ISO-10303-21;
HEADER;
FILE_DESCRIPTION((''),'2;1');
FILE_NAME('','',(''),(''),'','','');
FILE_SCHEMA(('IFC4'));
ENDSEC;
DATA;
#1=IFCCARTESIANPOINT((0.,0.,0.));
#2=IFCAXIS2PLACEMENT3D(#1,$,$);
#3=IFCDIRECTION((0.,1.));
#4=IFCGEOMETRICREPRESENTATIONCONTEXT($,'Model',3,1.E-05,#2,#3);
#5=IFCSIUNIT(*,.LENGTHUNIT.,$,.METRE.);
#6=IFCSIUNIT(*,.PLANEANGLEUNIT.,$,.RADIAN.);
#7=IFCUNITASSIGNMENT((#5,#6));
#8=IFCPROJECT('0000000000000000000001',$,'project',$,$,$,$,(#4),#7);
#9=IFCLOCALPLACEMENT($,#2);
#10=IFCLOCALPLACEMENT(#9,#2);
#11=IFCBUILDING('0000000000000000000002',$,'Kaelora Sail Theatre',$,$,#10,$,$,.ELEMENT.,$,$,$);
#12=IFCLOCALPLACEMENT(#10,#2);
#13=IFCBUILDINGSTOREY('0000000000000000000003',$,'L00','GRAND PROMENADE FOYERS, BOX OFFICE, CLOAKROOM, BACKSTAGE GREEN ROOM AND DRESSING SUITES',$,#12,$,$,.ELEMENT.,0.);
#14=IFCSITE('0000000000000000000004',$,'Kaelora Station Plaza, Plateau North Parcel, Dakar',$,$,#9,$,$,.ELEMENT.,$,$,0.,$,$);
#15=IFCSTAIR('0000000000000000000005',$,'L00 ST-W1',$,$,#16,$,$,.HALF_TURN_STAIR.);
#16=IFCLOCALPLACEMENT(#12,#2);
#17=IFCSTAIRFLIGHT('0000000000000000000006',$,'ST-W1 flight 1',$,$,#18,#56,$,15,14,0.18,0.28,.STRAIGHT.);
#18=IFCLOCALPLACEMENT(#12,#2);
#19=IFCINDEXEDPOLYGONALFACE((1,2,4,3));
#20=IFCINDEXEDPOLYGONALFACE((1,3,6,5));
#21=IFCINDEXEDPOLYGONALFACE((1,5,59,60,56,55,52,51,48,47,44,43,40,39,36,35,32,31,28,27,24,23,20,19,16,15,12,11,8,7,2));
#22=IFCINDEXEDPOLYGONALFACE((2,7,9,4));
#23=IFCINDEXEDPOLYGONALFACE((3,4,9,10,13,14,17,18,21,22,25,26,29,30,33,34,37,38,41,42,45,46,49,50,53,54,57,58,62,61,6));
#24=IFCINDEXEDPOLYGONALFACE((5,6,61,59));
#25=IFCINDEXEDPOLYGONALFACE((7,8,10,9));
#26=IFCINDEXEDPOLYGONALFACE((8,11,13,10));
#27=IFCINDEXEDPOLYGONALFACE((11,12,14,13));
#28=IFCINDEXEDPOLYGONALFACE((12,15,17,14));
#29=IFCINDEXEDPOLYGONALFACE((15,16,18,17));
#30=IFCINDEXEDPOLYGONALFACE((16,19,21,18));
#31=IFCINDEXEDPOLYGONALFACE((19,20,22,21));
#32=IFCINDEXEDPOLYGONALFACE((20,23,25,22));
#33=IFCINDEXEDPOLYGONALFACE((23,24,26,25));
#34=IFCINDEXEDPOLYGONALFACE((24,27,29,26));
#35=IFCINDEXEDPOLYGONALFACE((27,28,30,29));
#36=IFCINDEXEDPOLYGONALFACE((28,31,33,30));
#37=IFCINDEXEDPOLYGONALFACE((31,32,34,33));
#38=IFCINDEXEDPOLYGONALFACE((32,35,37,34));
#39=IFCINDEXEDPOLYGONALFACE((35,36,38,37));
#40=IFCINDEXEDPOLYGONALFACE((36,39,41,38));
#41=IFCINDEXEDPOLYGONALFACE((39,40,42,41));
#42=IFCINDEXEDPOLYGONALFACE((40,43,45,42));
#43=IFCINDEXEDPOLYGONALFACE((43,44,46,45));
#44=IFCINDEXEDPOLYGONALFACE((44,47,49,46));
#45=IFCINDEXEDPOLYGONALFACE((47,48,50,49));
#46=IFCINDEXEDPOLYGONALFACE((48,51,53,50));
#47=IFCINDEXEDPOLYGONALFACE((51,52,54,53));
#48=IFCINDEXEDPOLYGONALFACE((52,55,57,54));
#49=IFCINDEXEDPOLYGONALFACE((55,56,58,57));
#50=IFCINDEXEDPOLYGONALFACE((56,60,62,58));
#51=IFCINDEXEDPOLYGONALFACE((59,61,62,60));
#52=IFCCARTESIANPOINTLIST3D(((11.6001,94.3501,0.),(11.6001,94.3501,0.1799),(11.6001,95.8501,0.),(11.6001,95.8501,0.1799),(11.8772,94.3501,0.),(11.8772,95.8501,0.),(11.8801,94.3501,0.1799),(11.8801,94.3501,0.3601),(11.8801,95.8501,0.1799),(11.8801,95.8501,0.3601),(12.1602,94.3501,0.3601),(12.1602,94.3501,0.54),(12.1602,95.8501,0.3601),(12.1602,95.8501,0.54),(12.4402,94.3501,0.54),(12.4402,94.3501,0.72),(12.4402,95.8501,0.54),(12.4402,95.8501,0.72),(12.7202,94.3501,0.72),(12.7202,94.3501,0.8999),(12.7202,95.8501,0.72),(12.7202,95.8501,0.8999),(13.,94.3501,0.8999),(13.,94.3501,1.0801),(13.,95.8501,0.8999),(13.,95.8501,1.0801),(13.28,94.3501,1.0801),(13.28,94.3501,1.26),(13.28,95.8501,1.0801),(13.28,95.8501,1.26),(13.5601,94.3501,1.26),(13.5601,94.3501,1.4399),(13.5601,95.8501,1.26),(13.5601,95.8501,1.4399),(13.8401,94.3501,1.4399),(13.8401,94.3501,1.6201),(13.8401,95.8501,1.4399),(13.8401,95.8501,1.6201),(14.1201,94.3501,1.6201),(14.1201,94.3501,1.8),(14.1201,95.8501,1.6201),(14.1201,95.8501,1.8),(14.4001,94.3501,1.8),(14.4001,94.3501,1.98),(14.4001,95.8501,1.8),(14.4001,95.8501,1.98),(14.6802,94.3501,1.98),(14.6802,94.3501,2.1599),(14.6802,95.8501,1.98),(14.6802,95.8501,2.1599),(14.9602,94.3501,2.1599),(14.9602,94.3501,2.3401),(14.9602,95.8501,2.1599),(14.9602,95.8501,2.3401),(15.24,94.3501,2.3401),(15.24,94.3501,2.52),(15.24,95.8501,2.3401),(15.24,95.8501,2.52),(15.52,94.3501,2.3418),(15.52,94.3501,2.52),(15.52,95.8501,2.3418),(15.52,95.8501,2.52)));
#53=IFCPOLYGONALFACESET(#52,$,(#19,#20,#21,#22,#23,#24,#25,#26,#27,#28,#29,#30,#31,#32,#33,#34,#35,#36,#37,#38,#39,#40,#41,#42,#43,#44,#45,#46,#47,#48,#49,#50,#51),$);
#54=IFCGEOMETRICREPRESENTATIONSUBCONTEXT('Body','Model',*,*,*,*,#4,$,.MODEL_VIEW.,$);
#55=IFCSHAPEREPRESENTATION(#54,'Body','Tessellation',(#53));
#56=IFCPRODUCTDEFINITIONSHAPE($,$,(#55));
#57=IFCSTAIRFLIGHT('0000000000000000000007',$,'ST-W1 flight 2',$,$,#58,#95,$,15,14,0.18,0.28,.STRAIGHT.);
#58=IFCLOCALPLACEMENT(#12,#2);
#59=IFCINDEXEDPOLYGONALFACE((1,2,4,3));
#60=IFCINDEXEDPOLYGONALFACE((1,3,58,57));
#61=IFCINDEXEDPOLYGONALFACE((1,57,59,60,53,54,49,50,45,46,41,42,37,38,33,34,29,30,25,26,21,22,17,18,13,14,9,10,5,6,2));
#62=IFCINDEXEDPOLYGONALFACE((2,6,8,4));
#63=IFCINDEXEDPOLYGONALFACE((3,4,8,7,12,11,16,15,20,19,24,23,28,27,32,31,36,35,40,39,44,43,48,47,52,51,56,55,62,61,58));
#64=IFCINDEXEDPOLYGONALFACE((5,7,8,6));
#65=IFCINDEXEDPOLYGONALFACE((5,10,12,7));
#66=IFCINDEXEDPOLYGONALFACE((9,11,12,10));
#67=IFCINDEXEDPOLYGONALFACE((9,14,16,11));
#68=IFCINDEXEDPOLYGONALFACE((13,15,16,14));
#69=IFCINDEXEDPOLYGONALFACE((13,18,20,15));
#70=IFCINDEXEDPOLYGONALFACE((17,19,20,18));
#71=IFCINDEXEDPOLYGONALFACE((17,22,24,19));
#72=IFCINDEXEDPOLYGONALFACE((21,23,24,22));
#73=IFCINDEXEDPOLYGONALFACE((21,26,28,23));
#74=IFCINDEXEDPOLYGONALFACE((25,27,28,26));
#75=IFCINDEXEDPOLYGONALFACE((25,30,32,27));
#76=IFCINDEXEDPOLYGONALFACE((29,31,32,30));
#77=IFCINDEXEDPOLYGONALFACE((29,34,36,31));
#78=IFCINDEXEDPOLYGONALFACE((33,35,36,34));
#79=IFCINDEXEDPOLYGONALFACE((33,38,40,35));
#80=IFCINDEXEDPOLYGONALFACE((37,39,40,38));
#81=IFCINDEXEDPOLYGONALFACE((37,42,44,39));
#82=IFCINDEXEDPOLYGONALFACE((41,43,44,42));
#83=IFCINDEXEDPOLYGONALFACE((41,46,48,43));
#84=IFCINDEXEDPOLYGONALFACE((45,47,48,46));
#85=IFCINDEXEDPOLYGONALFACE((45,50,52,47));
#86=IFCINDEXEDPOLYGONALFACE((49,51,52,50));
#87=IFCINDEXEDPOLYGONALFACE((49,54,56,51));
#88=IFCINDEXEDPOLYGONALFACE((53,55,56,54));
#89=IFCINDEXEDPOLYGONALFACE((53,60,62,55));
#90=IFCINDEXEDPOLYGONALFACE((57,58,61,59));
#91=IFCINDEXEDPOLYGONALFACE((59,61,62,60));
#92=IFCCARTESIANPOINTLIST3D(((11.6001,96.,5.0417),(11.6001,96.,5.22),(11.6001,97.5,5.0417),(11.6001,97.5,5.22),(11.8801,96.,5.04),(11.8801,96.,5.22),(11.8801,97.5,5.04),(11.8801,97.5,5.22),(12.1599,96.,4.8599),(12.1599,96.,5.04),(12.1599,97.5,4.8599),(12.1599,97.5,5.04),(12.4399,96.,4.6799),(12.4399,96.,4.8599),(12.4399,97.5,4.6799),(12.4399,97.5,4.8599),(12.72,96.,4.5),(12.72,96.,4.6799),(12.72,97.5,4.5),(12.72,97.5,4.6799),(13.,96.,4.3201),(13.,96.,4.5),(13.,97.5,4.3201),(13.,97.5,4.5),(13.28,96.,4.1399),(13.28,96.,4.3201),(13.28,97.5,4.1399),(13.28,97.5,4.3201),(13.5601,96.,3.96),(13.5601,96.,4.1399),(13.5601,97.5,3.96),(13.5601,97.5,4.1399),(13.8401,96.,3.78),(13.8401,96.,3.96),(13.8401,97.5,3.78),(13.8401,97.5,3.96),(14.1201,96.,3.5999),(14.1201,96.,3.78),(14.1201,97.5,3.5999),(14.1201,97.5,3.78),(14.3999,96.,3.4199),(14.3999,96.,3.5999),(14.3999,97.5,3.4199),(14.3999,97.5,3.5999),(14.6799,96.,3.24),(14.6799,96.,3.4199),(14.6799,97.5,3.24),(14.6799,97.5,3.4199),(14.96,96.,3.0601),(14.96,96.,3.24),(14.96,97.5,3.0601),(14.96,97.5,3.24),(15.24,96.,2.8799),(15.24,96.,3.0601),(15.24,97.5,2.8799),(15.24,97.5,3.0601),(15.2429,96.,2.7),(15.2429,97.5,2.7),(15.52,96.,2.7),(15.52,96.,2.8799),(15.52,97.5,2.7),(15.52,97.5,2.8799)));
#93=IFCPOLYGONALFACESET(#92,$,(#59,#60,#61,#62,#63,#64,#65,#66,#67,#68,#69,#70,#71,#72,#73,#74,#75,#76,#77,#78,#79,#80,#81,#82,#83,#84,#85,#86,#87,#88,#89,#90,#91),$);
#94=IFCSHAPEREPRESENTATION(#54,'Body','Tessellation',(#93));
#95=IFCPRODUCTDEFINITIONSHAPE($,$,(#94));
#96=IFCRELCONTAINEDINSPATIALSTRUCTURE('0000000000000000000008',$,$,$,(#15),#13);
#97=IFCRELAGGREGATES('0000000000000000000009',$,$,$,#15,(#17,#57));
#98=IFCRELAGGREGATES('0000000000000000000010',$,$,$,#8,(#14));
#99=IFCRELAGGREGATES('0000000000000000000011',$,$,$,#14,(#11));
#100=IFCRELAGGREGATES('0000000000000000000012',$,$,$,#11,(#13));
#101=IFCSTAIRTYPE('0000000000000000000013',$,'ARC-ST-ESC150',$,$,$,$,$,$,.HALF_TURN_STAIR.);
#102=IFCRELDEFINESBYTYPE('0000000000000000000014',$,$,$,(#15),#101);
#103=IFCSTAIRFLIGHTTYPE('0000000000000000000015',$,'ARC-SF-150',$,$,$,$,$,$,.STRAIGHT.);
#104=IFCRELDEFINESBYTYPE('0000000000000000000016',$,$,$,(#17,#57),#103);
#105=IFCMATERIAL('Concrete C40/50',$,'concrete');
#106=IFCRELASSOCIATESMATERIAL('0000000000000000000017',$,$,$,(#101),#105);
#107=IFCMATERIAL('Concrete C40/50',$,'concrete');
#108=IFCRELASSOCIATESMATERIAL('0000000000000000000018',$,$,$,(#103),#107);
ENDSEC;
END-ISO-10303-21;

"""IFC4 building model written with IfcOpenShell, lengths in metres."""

from ifc_helpers import new_model, si_unit, direction, frame, origin, place, context, subcontext, project, spatial, polyline, outline, extrude, material, type_object, element, aggregate, save


model = new_model("IFC4")

# Units and contexts
model_context = context("Model", 3, precision=1e-05, world=origin(), true_north=direction((0.0, 1.0)))
body_context = subcontext(model_context, "Body", "Model", "MODEL_VIEW")
ifc_project = project(units=[si_unit("LENGTHUNIT", "METRE"), si_unit("PLANEANGLEUNIT", "RADIAN")], contexts=[model_context])

# Site, building, storey
site_placement = place(None, origin())
site = spatial("IfcSite", under=ifc_project, at=site_placement, Name="Kaelora Station Plaza, Plateau North Parcel, Dakar", CompositionType="ELEMENT", RefElevation=0.0)
building_placement = place(site_placement, origin())
building = spatial("IfcBuilding", under=site, at=building_placement, Name="Kaelora Sail Theatre", CompositionType="ELEMENT")
storey_placement = place(building_placement, origin())
storey = spatial("IfcBuildingStorey", under=building, at=storey_placement, Name="L00", Description="GRAND PROMENADE FOYERS, BOX OFFICE, CLOAKROOM, BACKSTAGE GREEN ROOM AND DRESSING SUITES", CompositionType="ELEMENT", Elevation=0.0)

# Stair, stair flights
ifc_material_1 = material(Name="Concrete C40/50", Category="concrete")
stair_type = type_object("IfcStairType", Name="ARC-ST-ESC150", PredefinedType="HALF_TURN_STAIR", material=ifc_material_1)
stair_placement = place(storey_placement, origin())
stair = element("IfcStair", 1, at=stair_placement, inside=storey, type_object=stair_type, Name="L00 ST-W1", PredefinedType="HALF_TURN_STAIR")
ifc_material_2 = material(Name="Concrete C40/50", Category="concrete")
stair_flight_type = type_object("IfcStairFlightType", Name="ARC-SF-150", PredefinedType="STRAIGHT", material=ifc_material_2)
stair_flight_1_placement = place(storey_placement, frame((11.6001, 95.1001, 0.0), z_axis=(0.0, 0.0, 1.0), x_axis=(1.0, 0.0, 0.0)))
stair_flight_1 = element("IfcStairFlight", 2, at=stair_flight_1_placement, type_object=stair_flight_type, Name="ST-W1 flight 1", NumberOfRisers=15, NumberOfTreads=14, PredefinedType="STRAIGHT", RiserHeight=0.18, TreadLength=0.28, context=body_context, shape_type="SweptSolid", body=[
    extrude(outline(polyline([(0.0, 0.0), (0.0, 0.1799), (0.28, 0.1799), (0.28, 0.3601), (0.5601, 0.3601), (0.5601, 0.54), (0.8401, 0.54), (0.8401, 0.72), (1.1201, 0.72), (1.1201, 0.8999), (1.3999, 0.8999), (1.3999, 1.0801), (1.6799, 1.0801), (1.6799, 1.26), (1.96, 1.26), (1.96, 1.4399), (2.24, 1.4399), (2.24, 1.6201), (2.52, 1.6201), (2.52, 1.8), (2.8, 1.8), (2.8, 1.98), (3.0801, 1.98), (3.0801, 2.1599), (3.3601, 2.1599), (3.3601, 2.3401), (3.6399, 2.3401), (3.6399, 2.52), (3.9199, 2.52), (3.9199, 2.7), (3.9199, 2.3418), (0.2771, 0.0), (0.0, 0.0)])), frame((0.0, 0.75, 0.0), z_axis=(0.0, -1.0, 0.0), x_axis=(1.0, 0.0, 0.0)), (0.0, 0.0, 1.0), 1.5),
])
stair_flight_2_placement = place(storey_placement, frame((15.52, 96.75, 2.7), z_axis=(0.0, 0.0, 1.0), x_axis=(-1.0, 0.0, 0.0)))
stair_flight_2 = element("IfcStairFlight", 3, at=stair_flight_2_placement, type_object=stair_flight_type, Name="ST-W1 flight 2", NumberOfRisers=15, NumberOfTreads=14, PredefinedType="STRAIGHT", RiserHeight=0.18, TreadLength=0.28, context=body_context, shape_type="SweptSolid", body=[
    extrude(outline(polyline([(0.0, 0.0), (0.0, 0.1799), (0.28, 0.1799), (0.28, 0.3601), (0.5601, 0.3601), (0.5601, 0.54), (0.8401, 0.54), (0.8401, 0.72), (1.1201, 0.72), (1.1201, 0.8999), (1.3999, 0.8999), (1.3999, 1.0801), (1.6799, 1.0801), (1.6799, 1.26), (1.96, 1.26), (1.96, 1.4399), (2.24, 1.4399), (2.24, 1.6201), (2.52, 1.6201), (2.52, 1.8), (2.8, 1.8), (2.8, 1.98), (3.0801, 1.98), (3.0801, 2.1599), (3.3601, 2.1599), (3.3601, 2.3401), (3.6399, 2.3401), (3.6399, 2.52), (3.9199, 2.52), (3.9199, 2.7), (3.9199, 2.3418), (0.2771, 0.0), (0.0, 0.0)])), frame((0.0, 0.75, 0.0), z_axis=(0.0, -1.0, 0.0), x_axis=(1.0, 0.0, 0.0)), (0.0, 0.0, 1.0), 1.5),
])
aggregate(stair, [stair_flight_1, stair_flight_2])

save(model, "model.ifc")
